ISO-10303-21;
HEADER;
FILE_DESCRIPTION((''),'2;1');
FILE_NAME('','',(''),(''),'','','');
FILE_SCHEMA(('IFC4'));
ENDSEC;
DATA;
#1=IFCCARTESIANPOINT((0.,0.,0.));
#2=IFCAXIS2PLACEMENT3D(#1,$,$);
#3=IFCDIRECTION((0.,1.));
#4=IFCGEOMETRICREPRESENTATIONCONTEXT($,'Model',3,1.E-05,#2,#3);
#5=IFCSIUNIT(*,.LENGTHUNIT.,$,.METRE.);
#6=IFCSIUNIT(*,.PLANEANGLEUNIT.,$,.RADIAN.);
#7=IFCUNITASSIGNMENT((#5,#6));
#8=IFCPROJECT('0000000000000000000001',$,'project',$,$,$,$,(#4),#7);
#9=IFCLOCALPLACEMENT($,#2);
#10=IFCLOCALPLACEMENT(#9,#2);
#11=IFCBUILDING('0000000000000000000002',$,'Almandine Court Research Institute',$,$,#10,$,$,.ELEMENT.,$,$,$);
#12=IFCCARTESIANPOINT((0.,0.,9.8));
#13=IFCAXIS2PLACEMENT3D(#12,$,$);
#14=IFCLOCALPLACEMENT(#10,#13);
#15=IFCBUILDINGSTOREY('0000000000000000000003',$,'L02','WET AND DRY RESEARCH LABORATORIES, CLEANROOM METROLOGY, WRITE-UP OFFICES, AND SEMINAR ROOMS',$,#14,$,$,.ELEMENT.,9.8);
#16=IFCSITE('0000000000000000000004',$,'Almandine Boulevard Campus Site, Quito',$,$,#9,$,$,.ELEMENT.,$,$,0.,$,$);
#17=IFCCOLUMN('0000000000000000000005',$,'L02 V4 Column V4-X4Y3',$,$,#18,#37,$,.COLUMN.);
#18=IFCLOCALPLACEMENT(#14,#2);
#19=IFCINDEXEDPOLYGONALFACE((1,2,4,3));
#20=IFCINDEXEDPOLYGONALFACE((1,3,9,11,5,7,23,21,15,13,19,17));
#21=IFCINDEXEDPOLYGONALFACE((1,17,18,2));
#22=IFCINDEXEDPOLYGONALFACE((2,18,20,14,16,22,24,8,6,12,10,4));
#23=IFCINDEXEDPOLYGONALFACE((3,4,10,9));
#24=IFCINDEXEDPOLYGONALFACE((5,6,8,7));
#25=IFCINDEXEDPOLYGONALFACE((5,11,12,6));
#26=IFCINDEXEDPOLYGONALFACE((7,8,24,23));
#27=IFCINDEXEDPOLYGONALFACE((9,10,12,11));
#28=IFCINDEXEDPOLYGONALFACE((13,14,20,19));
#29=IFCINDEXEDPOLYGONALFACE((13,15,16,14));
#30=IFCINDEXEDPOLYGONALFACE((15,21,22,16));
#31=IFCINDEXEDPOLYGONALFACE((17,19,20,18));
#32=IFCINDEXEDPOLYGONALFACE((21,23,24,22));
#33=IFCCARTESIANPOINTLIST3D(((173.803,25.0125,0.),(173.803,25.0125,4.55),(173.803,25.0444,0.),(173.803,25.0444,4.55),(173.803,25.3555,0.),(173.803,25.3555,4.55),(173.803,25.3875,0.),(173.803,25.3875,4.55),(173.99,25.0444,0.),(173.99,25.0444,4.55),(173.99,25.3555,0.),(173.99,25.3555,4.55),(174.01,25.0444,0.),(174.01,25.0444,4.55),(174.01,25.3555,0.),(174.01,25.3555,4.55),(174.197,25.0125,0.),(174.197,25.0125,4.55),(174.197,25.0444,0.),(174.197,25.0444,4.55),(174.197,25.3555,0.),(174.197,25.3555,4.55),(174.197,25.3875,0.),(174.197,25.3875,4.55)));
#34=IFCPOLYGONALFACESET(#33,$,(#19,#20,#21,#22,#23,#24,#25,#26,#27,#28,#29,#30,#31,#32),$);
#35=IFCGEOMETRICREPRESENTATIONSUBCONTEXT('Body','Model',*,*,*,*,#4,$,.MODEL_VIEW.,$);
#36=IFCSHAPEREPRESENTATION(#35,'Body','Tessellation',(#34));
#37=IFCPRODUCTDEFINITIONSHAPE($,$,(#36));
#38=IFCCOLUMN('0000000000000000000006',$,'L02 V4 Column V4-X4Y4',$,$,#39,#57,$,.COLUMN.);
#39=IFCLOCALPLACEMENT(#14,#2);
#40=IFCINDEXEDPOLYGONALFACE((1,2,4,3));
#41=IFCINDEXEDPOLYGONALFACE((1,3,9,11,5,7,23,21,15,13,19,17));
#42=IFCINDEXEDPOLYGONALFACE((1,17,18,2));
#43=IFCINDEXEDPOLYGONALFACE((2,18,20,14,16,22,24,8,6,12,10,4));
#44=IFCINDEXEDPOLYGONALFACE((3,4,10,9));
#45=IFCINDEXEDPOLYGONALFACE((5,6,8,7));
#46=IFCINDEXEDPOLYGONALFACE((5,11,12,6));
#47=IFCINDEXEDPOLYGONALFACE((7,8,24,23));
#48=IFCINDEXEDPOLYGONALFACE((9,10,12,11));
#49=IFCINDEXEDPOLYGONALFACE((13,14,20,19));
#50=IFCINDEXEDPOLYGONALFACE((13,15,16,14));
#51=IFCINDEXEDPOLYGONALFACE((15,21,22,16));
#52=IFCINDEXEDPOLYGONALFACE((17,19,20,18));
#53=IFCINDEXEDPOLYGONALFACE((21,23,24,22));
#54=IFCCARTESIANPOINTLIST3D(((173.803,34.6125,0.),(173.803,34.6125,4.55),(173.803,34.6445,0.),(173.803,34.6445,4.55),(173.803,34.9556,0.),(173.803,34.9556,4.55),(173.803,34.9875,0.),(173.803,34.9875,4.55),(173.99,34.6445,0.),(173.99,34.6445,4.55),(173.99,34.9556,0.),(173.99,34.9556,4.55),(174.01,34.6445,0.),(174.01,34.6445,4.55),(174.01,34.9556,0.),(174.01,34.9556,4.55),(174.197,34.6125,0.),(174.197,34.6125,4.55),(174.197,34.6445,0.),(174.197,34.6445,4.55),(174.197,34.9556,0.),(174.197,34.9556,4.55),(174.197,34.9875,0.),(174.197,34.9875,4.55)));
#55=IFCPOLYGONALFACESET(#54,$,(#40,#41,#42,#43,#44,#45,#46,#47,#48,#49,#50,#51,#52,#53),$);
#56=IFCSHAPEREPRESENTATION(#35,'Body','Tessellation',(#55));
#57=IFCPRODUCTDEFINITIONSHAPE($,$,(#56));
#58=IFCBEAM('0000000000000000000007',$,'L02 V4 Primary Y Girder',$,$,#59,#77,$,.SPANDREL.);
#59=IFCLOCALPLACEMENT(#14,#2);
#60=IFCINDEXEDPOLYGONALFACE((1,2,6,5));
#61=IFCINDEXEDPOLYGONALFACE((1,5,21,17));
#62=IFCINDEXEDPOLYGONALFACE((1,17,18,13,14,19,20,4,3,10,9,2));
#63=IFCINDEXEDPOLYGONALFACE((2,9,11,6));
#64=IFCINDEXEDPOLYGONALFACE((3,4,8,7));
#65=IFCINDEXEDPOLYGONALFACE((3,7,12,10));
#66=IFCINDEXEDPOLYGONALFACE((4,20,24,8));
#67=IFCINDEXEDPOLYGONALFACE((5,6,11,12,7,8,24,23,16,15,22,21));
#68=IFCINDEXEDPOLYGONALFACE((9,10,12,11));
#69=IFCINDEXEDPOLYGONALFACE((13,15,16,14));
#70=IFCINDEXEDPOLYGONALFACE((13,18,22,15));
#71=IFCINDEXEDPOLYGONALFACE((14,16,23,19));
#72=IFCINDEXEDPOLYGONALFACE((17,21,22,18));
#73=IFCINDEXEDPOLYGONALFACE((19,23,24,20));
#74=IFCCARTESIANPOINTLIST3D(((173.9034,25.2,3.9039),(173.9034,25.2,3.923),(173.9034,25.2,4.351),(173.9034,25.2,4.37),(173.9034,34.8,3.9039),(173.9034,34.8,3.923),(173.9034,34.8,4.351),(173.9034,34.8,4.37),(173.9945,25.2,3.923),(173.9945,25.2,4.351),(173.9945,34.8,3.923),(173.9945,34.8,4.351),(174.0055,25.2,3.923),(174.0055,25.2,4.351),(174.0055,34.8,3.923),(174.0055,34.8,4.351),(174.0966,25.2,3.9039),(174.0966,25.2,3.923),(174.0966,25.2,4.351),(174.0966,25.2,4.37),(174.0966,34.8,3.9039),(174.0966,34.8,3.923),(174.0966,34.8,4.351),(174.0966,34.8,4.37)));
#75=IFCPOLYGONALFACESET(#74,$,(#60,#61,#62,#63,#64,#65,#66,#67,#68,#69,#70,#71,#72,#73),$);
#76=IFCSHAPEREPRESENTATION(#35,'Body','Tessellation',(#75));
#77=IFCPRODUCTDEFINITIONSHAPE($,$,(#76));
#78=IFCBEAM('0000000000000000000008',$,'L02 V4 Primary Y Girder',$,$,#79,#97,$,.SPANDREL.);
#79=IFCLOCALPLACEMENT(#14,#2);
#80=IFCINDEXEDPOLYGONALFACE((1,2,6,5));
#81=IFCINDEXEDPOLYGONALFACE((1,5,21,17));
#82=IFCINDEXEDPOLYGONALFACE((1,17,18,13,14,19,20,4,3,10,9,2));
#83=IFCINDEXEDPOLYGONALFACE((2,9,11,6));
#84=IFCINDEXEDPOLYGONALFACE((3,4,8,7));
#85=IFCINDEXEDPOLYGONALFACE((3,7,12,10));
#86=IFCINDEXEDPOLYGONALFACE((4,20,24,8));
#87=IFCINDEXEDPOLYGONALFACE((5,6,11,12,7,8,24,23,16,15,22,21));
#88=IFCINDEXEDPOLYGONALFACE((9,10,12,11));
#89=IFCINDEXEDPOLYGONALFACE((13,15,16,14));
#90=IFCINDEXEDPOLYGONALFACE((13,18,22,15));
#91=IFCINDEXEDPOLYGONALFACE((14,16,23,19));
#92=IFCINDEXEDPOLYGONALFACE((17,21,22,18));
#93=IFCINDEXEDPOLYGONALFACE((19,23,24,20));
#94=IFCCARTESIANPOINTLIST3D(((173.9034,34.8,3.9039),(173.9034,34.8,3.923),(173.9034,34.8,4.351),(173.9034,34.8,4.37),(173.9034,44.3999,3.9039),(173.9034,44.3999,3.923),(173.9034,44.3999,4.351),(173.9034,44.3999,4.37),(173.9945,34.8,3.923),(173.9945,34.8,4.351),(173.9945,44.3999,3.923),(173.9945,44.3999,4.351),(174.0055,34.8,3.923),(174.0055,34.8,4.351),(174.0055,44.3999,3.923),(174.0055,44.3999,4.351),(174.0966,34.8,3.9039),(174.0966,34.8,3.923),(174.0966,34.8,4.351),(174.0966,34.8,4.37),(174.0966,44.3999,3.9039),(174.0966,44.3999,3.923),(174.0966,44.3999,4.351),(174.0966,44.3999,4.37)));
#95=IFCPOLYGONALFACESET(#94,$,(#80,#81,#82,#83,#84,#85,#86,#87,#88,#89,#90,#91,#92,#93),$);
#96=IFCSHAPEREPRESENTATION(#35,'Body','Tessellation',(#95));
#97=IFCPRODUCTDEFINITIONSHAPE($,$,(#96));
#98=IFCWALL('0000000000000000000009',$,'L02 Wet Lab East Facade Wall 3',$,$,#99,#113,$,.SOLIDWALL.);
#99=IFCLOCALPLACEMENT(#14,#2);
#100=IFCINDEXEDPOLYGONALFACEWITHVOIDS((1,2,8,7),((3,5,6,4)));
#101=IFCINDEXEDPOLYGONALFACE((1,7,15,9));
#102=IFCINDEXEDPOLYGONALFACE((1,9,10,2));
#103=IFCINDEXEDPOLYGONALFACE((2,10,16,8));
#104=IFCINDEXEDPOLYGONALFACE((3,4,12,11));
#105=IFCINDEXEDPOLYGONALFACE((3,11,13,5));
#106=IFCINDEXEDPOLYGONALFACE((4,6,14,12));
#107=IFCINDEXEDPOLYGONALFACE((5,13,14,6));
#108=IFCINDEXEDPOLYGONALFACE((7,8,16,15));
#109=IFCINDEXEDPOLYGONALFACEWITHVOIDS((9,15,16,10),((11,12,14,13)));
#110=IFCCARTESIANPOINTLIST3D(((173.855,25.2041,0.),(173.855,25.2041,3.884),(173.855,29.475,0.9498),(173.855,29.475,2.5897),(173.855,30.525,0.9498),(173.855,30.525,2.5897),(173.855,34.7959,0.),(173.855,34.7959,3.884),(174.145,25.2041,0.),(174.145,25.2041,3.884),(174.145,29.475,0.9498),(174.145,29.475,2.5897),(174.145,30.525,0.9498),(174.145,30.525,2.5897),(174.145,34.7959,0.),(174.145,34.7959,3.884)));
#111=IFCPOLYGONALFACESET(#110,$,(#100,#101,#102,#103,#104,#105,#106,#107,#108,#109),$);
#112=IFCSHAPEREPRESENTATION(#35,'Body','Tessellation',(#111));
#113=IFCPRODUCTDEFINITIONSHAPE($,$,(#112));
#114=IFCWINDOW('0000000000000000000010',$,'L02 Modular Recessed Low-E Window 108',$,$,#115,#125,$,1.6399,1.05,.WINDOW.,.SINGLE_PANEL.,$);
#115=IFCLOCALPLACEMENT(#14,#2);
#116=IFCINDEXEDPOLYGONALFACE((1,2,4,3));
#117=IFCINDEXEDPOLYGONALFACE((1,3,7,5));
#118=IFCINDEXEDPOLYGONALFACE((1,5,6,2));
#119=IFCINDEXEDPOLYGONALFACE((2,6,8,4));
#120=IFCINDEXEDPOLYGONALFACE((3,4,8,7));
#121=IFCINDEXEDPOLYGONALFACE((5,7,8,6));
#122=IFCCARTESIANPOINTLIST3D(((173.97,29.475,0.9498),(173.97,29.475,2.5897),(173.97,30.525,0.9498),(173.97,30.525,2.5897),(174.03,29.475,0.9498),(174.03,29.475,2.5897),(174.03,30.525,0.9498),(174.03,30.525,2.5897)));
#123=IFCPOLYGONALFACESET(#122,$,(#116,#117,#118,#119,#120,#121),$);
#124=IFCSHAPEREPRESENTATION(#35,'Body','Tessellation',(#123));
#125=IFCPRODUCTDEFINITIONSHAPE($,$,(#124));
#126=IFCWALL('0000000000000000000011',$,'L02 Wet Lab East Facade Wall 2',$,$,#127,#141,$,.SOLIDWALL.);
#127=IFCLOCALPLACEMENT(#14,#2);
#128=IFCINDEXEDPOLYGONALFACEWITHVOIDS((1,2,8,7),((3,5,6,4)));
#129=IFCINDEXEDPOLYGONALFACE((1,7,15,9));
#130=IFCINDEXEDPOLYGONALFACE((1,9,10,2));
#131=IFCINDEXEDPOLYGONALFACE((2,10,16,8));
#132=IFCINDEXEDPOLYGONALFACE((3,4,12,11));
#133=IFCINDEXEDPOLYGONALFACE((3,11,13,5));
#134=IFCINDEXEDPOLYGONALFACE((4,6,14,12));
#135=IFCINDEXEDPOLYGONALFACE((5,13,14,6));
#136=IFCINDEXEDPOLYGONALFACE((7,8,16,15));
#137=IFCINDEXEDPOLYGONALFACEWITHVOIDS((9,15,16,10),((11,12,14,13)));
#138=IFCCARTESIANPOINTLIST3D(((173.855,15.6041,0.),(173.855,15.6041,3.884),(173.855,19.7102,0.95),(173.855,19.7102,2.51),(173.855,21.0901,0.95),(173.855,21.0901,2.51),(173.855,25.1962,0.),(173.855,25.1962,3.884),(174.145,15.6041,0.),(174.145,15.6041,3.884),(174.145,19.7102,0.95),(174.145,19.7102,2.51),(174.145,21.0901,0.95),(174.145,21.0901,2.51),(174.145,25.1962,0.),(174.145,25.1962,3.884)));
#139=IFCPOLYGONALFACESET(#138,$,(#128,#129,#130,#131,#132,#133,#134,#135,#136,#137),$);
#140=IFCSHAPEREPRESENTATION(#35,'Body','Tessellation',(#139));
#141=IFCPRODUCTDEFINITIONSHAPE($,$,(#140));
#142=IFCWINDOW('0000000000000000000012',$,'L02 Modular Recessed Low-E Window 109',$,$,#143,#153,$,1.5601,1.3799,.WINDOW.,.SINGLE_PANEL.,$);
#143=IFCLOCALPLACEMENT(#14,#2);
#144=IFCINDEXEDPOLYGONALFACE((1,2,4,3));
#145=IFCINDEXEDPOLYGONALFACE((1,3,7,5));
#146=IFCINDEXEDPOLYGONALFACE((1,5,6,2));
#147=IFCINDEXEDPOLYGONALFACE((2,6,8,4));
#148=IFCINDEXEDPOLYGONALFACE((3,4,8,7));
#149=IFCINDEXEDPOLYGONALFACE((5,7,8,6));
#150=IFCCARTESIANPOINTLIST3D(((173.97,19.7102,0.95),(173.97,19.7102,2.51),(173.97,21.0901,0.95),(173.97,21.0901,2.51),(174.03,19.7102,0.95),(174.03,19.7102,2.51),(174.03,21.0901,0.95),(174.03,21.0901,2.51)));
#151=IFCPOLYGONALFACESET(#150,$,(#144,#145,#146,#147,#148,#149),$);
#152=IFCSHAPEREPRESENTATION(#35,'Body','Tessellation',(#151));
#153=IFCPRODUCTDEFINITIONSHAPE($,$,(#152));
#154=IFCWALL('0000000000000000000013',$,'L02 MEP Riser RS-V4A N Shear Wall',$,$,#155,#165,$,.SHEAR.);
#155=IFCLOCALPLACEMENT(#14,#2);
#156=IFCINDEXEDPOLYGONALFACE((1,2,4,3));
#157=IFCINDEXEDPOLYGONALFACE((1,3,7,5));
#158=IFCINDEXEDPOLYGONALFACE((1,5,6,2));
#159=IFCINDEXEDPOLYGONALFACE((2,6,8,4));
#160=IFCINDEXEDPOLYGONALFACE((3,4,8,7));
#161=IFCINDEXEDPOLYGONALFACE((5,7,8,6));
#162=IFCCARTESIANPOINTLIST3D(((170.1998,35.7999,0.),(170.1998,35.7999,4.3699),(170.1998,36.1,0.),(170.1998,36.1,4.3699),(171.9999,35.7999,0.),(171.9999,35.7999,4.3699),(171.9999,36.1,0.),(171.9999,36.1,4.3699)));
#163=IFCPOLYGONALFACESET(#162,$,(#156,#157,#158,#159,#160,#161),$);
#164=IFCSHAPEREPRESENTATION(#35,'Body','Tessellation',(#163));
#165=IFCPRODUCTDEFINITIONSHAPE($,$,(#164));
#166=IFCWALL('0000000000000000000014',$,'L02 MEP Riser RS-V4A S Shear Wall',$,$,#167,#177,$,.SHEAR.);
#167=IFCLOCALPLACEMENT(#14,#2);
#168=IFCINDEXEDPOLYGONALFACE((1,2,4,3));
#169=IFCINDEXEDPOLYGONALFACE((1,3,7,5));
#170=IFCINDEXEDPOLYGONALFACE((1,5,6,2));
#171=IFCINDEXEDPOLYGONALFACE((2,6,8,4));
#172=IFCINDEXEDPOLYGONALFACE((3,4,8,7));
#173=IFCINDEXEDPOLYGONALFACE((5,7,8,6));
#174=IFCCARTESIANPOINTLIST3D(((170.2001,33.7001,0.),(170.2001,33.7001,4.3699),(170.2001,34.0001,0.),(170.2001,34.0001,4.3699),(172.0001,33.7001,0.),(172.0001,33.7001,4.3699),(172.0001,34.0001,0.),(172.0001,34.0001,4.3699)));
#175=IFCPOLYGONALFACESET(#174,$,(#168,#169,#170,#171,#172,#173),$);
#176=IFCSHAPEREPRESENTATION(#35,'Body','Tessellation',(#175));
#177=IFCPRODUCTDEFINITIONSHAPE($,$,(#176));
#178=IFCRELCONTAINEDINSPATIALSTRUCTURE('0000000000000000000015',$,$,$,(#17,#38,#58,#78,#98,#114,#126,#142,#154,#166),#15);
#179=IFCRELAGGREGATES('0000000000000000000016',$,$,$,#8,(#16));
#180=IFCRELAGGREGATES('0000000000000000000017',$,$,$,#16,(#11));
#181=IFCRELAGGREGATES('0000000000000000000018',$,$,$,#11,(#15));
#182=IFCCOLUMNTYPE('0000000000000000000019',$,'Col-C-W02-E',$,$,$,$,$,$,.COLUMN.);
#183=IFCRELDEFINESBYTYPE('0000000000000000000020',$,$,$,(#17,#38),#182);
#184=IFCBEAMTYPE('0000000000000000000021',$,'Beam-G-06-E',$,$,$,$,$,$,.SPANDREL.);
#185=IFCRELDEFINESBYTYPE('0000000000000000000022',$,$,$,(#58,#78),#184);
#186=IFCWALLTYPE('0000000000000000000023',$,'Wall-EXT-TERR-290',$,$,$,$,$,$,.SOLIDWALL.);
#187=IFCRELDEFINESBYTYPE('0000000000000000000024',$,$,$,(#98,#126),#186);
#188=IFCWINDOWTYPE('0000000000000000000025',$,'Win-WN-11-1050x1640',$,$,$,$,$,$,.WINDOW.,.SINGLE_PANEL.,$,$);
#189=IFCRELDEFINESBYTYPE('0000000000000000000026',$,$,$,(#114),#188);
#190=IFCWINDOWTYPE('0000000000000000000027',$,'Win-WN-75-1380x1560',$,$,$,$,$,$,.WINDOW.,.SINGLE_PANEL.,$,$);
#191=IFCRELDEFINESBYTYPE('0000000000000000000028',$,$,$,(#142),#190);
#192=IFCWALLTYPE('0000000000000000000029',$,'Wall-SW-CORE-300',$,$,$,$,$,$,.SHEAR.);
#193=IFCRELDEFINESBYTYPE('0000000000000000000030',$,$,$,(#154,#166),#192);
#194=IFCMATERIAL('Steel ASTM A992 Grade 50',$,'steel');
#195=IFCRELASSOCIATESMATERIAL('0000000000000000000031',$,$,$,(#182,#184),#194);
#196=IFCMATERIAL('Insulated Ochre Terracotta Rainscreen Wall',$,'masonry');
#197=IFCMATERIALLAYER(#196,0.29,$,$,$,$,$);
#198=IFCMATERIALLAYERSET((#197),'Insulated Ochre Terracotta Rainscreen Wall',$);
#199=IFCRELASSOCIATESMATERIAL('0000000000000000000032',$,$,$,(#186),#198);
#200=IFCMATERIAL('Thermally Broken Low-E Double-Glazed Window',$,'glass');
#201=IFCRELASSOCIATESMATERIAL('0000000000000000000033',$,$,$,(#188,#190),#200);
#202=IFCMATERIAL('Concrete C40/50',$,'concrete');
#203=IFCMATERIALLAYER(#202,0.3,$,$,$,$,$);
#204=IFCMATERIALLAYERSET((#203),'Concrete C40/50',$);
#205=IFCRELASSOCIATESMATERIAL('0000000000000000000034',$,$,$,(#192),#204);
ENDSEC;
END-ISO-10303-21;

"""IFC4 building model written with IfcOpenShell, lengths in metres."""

from ifc_helpers import new_model, si_unit, direction, frame, frame_2d, origin, origin_2d, place, context, subcontext, project, spatial, rectangle, i_section, extrude, material, layer, layer_set, material_profile, profile_set, type_object, element, fill, save


model = new_model("IFC4")

# Units and contexts
model_context = context("Model", 3, precision=1e-05, world=origin(), true_north=direction((0.0, 1.0)))
body_context = subcontext(model_context, "Body", "Model", "MODEL_VIEW")
ifc_project = project(units=[si_unit("LENGTHUNIT", "METRE"), si_unit("PLANEANGLEUNIT", "RADIAN")], contexts=[model_context])

# Site, building, storey
site_placement = place(None, origin())
site = spatial("IfcSite", under=ifc_project, at=site_placement, Name="Almandine Boulevard Campus Site, Quito", CompositionType="ELEMENT", RefElevation=0.0)
building_placement = place(site_placement, origin())
building = spatial("IfcBuilding", under=site, at=building_placement, Name="Almandine Court Research Institute", CompositionType="ELEMENT")
storey_placement = place(building_placement, frame((0.0, 0.0, 9.8)))
storey = spatial("IfcBuildingStorey", under=building, at=storey_placement, Name="L02", Description="WET AND DRY RESEARCH LABORATORIES, CLEANROOM METROLOGY, WRITE-UP OFFICES, AND SEMINAR ROOMS", CompositionType="ELEMENT", Elevation=9.8)

# Columns
ifc_material_1 = material(Name="Steel ASTM A992 Grade 50", Category="steel")
ifc_material_profile_1 = material_profile(ifc_material_1, i_section(OverallWidth=0.394, OverallDepth=0.375, WebThickness=0.02, FlangeThickness=0.032, at=origin_2d()), Name="W360x216")
ifc_profile_set_1 = profile_set([ifc_material_profile_1], Name="Steel ASTM A992 Grade 50")
column_type = type_object("IfcColumnType", Name="Col-C-W02-E", PredefinedType="COLUMN", material=ifc_profile_set_1)
for number, where, z_axis, x_axis, name in (
    (1, (174.0, 25.2, 0.0), (0.0, 0.0, 1.0), (1.0, 0.0, 0.0), "L02 V4 Column V4-X4Y3"),
    (2, (174.0, 34.8, 0.0), (0.0, 0.0, 1.0), (1.0, 0.0, 0.0), "L02 V4 Column V4-X4Y4"),
):
    element("IfcColumn", number, at=place(storey_placement, frame(where, z_axis=z_axis, x_axis=x_axis)), inside=storey, type_object=column_type, Name=name, PredefinedType="COLUMN", context=body_context, shape_type="SweptSolid", body=[
        extrude(i_section(OverallWidth=0.394, OverallDepth=0.375, WebThickness=0.02, FlangeThickness=0.032, at=origin_2d()), origin(), (0.0, 0.0, 1.0), 4.55),
    ])

# Beams
ifc_material_profile_2 = material_profile(ifc_material_1, i_section(OverallWidth=0.1931, OverallDepth=0.4661, WebThickness=0.011, FlangeThickness=0.019, at=origin_2d()), Name="W460x97")
ifc_profile_set_2 = profile_set([ifc_material_profile_2], Name="Steel ASTM A992 Grade 50")
beam_type = type_object("IfcBeamType", Name="Beam-G-06-E", PredefinedType="SPANDREL", material=ifc_profile_set_2)
beam_1_placement = place(storey_placement, frame((174.0, 25.2, 4.137), z_axis=(0.0, 1.0, 0.0), x_axis=(-1.0, 0.0, 0.0)))
element("IfcBeam", 3, at=beam_1_placement, inside=storey, type_object=beam_type, Name="L02 V4 Primary Y Girder", PredefinedType="SPANDREL", context=body_context, shape_type="SweptSolid", body=[
    extrude(i_section(OverallWidth=0.1931, OverallDepth=0.4661, WebThickness=0.011, FlangeThickness=0.019, at=origin_2d()), origin(), (0.0, 0.0, 1.0), 9.6001),
])
beam_2_placement = place(storey_placement, frame((174.0, 34.8, 4.137), z_axis=(0.0, 1.0, 0.0), x_axis=(-1.0, 0.0, 0.0)))
element("IfcBeam", 4, at=beam_2_placement, inside=storey, type_object=beam_type, Name="L02 V4 Primary Y Girder", PredefinedType="SPANDREL", context=body_context, shape_type="SweptSolid", body=[
    extrude(i_section(OverallWidth=0.1931, OverallDepth=0.4661, WebThickness=0.011, FlangeThickness=0.019, at=origin_2d()), origin(), (0.0, 0.0, 1.0), 9.5999),
])

# Walls, openings, windows
ifc_material_2 = material(Name="Insulated Ochre Terracotta Rainscreen Wall", Category="masonry")
ifc_layer_1 = layer(ifc_material_2, 0.29)
ifc_layer_set_1 = layer_set([ifc_layer_1], Name="Insulated Ochre Terracotta Rainscreen Wall")
wall_type_1 = type_object("IfcWallType", Name="Wall-EXT-TERR-290", PredefinedType="SOLIDWALL", material=ifc_layer_set_1)
wall_1_placement = place(storey_placement, frame((174.0, 34.7959, 0.0), z_axis=(0.0, 0.0, 1.0), x_axis=(0.0, -1.0, 0.0)))
wall_1 = element("IfcWall", 5, at=wall_1_placement, inside=storey, type_object=wall_type_1, Name="L02 Wet Lab East Facade Wall 3", PredefinedType="SOLIDWALL", context=body_context, shape_type="SweptSolid", body=[
    extrude(rectangle(XDim=9.5918, YDim=0.29, at=frame_2d((4.7959, 0.0))), origin(), (0.0, 0.0, 1.0), 3.884),
])
opening_1_placement = place(wall_1_placement, frame((4.271, 0.0, 0.95)))
opening_1 = element("IfcOpeningElement", 6, at=opening_1_placement, cuts=wall_1, PredefinedType="OPENING", context=body_context, shape_type="SweptSolid", body=[
    extrude(rectangle(XDim=1.05, YDim=1.6399, at=frame_2d((0.5249, 0.8198))), frame((0.0, 0.155, 0.0), z_axis=(0.0, -1.0, 0.0), x_axis=(1.0, 0.0, 0.0)), (0.0, 0.0, 1.0), 0.3101),
])
ifc_material_3 = material(Name="Thermally Broken Low-E Double-Glazed Window", Category="glass")
window_type_1 = type_object("IfcWindowType", Name="Win-WN-11-1050x1640", PartitioningType="SINGLE_PANEL", PredefinedType="WINDOW", material=ifc_material_3)
window_1_placement = place(opening_1_placement, origin())
window_1 = element("IfcWindow", 7, at=window_1_placement, inside=storey, type_object=window_type_1, Name="L02 Modular Recessed Low-E Window 108", OverallHeight=1.6399, OverallWidth=1.05, PartitioningType="SINGLE_PANEL", PredefinedType="WINDOW", context=body_context, shape_type="SweptSolid", body=[
    extrude(rectangle(XDim=1.05, YDim=1.6399, at=frame_2d((0.5249, 0.8198))), frame((0.0, 0.03, 0.0), z_axis=(0.0, -1.0, 0.0), x_axis=(1.0, 0.0, 0.0)), (0.0, 0.0, 1.0), 0.0601),
])
fill(opening_1, window_1)
wall_2_placement = place(storey_placement, frame((174.0, 25.196, 0.0), z_axis=(0.0, 0.0, 1.0), x_axis=(0.0, -1.0, 0.0)))
wall_2 = element("IfcWall", 8, at=wall_2_placement, inside=storey, type_object=wall_type_1, Name="L02 Wet Lab East Facade Wall 2", PredefinedType="SOLIDWALL", context=body_context, shape_type="SweptSolid", body=[
    extrude(rectangle(XDim=9.592, YDim=0.29, at=frame_2d((4.7959, 0.0))), origin(), (0.0, 0.0, 1.0), 3.884),
])
opening_2_placement = place(wall_2_placement, frame((4.106, 0.0, 0.95)))
opening_2 = element("IfcOpeningElement", 9, at=opening_2_placement, cuts=wall_2, PredefinedType="OPENING", context=body_context, shape_type="SweptSolid", body=[
    extrude(rectangle(XDim=1.3799, YDim=1.5601, at=frame_2d((0.6899, 0.78))), frame((0.0, 0.155, 0.0), z_axis=(0.0, -1.0, 0.0), x_axis=(1.0, 0.0, 0.0)), (0.0, 0.0, 1.0), 0.3101),
])
window_type_2 = type_object("IfcWindowType", Name="Win-WN-75-1380x1560", PartitioningType="SINGLE_PANEL", PredefinedType="WINDOW", material=ifc_material_3)
window_2_placement = place(opening_2_placement, origin())
window_2 = element("IfcWindow", 10, at=window_2_placement, inside=storey, type_object=window_type_2, Name="L02 Modular Recessed Low-E Window 109", OverallHeight=1.5601, OverallWidth=1.3799, PartitioningType="SINGLE_PANEL", PredefinedType="WINDOW", context=body_context, shape_type="SweptSolid", body=[
    extrude(rectangle(XDim=1.3799, YDim=1.5601, at=frame_2d((0.6899, 0.78))), frame((0.0, 0.03, 0.0), z_axis=(0.0, -1.0, 0.0), x_axis=(1.0, 0.0, 0.0)), (0.0, 0.0, 1.0), 0.0601),
])
fill(opening_2, window_2)

# Walls
ifc_material_4 = material(Name="Concrete C40/50", Category="concrete")
ifc_layer_2 = layer(ifc_material_4, 0.3)
ifc_layer_set_2 = layer_set([ifc_layer_2], Name="Concrete C40/50")
wall_type_2 = type_object("IfcWallType", Name="Wall-SW-CORE-300", PredefinedType="SHEAR", material=ifc_layer_set_2)
for number, where, z_axis, x_axis, name in (
    (11, (170.2, 35.95, 0.0), (0.0, 0.0, 1.0), (1.0, 0.0, 0.0), "L02 MEP Riser RS-V4A N Shear Wall"),
    (12, (172.0, 33.8501, 0.0), (0.0, 0.0, 1.0), (-1.0, 0.0, 0.0), "L02 MEP Riser RS-V4A S Shear Wall"),
):
    element("IfcWall", number, at=place(storey_placement, frame(where, z_axis=z_axis, x_axis=x_axis)), inside=storey, type_object=wall_type_2, Name=name, PredefinedType="SHEAR", context=body_context, shape_type="SweptSolid", body=[
        extrude(rectangle(XDim=1.8, YDim=0.3, at=frame_2d((0.8999, 0.0))), origin(), (0.0, 0.0, 1.0), 4.3699),
    ])

save(model, "model.ifc")
